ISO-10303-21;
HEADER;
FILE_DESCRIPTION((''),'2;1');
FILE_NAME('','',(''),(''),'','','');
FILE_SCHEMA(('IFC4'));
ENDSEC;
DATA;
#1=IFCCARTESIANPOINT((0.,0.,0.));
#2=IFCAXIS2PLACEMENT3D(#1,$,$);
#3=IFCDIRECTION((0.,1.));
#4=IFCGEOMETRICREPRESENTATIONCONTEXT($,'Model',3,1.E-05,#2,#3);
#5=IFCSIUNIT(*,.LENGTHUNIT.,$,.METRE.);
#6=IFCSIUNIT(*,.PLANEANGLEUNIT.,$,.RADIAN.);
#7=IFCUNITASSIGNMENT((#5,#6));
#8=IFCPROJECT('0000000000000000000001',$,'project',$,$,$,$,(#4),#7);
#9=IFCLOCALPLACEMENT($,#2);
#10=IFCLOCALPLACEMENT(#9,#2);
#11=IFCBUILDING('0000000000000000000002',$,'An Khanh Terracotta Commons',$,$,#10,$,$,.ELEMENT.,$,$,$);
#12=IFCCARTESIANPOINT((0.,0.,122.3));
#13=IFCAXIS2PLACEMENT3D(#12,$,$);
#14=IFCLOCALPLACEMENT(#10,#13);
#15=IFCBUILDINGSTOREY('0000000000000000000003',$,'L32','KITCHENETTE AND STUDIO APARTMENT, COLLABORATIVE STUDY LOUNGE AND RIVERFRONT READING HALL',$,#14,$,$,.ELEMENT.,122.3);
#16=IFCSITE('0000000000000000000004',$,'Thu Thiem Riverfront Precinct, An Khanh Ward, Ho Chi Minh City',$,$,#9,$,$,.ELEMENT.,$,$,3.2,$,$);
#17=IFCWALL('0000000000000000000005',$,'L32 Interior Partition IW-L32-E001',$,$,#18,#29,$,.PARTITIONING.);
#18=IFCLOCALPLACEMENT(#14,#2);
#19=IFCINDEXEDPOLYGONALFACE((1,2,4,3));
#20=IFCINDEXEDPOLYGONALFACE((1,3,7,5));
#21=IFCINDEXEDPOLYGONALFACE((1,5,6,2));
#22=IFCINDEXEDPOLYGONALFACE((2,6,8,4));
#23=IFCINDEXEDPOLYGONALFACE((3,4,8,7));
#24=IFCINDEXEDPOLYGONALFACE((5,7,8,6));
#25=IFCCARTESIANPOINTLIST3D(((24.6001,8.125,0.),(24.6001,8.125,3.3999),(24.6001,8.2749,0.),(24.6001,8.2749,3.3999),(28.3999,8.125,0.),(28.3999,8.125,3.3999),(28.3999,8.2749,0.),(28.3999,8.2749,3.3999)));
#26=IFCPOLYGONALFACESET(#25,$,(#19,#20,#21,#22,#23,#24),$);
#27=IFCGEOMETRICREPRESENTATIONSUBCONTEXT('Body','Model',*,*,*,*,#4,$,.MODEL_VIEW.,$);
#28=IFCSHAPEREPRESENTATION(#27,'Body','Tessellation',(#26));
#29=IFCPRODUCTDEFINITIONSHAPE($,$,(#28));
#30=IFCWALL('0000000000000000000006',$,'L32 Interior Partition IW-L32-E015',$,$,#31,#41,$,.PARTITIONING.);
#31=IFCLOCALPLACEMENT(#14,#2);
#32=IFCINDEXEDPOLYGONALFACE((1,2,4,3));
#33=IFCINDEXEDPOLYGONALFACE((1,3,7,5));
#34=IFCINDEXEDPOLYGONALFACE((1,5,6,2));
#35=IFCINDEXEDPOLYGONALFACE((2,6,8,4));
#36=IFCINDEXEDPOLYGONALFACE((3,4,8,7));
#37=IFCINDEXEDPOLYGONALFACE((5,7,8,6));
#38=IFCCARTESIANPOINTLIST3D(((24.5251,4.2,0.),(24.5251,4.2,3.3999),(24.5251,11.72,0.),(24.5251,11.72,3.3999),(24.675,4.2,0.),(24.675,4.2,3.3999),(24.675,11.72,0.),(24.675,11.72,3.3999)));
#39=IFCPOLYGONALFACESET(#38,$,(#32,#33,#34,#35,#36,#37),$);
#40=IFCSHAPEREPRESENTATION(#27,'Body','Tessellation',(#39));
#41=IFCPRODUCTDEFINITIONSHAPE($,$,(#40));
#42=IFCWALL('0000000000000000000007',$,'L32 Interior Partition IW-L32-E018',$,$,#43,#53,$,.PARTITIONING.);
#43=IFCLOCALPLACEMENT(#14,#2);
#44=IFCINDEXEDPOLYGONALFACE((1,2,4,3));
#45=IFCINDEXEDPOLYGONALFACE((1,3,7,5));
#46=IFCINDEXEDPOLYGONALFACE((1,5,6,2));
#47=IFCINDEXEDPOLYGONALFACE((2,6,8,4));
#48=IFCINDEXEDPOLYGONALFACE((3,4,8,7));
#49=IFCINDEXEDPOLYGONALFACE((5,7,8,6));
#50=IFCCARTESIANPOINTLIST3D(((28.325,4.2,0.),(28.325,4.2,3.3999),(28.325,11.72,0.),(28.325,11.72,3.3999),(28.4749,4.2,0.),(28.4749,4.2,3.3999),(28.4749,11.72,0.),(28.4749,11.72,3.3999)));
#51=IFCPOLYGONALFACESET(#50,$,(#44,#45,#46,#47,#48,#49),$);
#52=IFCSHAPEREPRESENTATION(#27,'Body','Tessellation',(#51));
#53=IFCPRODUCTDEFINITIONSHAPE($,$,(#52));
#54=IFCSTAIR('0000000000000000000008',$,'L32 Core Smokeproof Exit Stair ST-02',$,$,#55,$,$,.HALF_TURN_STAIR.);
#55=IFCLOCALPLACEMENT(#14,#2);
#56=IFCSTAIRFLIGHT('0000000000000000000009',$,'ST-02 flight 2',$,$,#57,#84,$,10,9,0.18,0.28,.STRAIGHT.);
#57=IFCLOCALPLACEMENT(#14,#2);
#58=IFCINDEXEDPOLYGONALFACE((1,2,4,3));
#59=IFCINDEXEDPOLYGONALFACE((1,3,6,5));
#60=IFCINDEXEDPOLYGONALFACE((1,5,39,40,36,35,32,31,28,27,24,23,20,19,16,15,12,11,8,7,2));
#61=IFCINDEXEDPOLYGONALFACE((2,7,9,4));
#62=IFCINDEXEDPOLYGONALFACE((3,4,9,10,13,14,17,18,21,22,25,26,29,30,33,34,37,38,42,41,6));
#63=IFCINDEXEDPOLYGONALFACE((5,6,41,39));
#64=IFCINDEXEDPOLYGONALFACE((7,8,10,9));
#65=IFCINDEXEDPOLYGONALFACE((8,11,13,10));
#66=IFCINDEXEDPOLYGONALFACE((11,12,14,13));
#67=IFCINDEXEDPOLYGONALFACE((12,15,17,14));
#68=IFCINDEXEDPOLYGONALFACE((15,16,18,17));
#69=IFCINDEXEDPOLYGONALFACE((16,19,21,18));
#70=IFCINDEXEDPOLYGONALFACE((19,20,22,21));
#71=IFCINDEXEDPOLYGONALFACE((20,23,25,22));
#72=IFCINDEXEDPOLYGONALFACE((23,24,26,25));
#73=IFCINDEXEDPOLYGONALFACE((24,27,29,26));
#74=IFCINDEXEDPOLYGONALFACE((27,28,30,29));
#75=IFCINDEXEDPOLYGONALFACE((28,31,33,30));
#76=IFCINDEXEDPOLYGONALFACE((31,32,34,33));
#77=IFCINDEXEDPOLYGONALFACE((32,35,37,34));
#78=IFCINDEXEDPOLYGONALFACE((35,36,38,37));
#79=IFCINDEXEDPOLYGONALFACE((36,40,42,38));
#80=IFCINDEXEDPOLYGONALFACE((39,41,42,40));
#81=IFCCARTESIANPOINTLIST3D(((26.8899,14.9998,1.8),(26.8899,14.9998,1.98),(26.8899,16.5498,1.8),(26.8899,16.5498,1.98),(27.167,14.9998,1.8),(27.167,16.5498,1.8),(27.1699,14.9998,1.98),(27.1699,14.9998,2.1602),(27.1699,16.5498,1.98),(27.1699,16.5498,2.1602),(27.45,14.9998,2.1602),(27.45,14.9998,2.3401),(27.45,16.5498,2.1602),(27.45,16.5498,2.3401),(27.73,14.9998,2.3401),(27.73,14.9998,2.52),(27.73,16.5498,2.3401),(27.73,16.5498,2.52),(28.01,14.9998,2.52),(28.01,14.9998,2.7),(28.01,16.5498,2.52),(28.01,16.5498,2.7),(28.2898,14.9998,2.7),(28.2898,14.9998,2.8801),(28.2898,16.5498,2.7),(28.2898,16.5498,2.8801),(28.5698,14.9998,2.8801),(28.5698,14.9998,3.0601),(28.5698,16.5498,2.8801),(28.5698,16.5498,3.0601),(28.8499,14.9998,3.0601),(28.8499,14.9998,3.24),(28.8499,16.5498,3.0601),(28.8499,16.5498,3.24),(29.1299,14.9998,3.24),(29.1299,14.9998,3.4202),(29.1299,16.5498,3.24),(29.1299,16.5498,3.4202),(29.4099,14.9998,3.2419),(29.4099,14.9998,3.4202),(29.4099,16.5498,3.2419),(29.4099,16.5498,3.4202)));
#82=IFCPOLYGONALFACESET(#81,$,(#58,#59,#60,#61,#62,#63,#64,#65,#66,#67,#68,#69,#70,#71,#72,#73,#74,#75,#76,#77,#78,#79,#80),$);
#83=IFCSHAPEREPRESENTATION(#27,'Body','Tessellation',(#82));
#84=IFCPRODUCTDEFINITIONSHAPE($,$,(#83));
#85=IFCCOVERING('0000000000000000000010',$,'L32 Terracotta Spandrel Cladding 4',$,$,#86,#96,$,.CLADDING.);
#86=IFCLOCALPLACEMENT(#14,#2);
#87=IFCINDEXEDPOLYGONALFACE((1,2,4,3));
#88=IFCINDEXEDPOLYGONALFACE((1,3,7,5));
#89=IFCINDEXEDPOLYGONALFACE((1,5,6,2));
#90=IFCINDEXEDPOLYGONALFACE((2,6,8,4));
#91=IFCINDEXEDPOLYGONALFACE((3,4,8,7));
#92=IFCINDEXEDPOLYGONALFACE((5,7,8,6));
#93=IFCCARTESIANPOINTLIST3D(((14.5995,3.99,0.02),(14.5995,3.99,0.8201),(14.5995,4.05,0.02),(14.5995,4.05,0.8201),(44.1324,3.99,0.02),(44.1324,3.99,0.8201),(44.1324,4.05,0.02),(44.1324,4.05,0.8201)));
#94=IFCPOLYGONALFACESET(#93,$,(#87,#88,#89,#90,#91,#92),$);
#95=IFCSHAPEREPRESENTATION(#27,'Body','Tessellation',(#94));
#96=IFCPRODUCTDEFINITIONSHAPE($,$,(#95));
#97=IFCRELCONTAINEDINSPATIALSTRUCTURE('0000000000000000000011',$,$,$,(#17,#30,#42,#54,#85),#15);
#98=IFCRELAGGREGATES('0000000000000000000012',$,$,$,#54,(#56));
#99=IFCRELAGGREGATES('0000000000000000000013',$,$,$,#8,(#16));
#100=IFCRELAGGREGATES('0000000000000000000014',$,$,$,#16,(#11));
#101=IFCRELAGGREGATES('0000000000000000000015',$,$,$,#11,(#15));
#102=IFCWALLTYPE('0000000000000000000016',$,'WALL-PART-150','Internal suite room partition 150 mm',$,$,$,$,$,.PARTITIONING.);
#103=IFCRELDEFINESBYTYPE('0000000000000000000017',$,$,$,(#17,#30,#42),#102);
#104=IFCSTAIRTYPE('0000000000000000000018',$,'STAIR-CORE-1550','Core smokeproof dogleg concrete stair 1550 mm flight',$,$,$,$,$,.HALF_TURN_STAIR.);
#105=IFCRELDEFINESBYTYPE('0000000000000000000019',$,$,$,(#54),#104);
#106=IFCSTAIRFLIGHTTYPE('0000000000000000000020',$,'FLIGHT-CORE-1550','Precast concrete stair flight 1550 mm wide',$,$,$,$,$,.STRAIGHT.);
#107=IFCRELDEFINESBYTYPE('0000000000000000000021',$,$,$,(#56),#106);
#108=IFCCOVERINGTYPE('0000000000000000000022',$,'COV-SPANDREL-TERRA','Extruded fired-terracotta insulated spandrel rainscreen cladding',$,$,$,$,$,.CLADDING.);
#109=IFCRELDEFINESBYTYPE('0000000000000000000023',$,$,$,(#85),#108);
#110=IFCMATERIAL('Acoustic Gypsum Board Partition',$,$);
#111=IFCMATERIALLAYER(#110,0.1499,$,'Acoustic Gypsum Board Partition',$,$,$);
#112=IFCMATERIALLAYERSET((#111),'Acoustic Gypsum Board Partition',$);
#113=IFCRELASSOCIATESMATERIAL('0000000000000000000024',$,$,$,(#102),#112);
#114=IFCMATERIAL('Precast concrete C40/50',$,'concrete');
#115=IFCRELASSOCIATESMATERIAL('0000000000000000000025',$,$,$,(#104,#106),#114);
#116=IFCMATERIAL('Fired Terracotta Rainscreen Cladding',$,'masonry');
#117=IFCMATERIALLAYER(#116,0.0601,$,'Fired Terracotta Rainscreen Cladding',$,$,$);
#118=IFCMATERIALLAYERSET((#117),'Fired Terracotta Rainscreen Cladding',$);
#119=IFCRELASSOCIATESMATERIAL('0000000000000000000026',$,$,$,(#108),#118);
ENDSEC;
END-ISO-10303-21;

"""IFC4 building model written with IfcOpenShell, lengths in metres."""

from ifc_helpers import new_model, si_unit, direction, frame, frame_2d, origin, origin_2d, place, context, subcontext, project, spatial, polyline, rectangle, outline, extrude, material, layer, layer_set, type_object, element, aggregate, save


model = new_model("IFC4")

# Units and contexts
model_context = context("Model", 3, precision=1e-05, world=origin(), true_north=direction((0.0, 1.0)))
body_context = subcontext(model_context, "Body", "Model", "MODEL_VIEW")
ifc_project = project(units=[si_unit("LENGTHUNIT", "METRE"), si_unit("PLANEANGLEUNIT", "RADIAN")], contexts=[model_context])

# Site, building, storey
site_placement = place(None, origin())
site = spatial("IfcSite", under=ifc_project, at=site_placement, Name="Thu Thiem Riverfront Precinct, An Khanh Ward, Ho Chi Minh City", CompositionType="ELEMENT", RefElevation=3.2)
building_placement = place(site_placement, origin())
building = spatial("IfcBuilding", under=site, at=building_placement, Name="An Khanh Terracotta Commons", CompositionType="ELEMENT")
storey_placement = place(building_placement, frame((0.0, 0.0, 122.3)))
storey = spatial("IfcBuildingStorey", under=building, at=storey_placement, Name="L32", Description="KITCHENETTE AND STUDIO APARTMENT, COLLABORATIVE STUDY LOUNGE AND RIVERFRONT READING HALL", CompositionType="ELEMENT", Elevation=122.3)

# Walls
ifc_material_1 = material(Name="Acoustic Gypsum Board Partition")
ifc_layer_1 = layer(ifc_material_1, 0.1499, Name="Acoustic Gypsum Board Partition")
ifc_layer_set_1 = layer_set([ifc_layer_1], Name="Acoustic Gypsum Board Partition")
wall_type_1 = type_object("IfcWallType", Name="WALL-PART-150", Description="Internal suite room partition 150 mm", PredefinedType="PARTITIONING", material=ifc_layer_set_1)
wall_1_placement = place(storey_placement, frame((24.6001, 8.2, 0.0), z_axis=(0.0, 0.0, 1.0), x_axis=(1.0, 0.0, 0.0)))
element("IfcWall", 1, at=wall_1_placement, inside=storey, type_object=wall_type_1, Name="L32 Interior Partition IW-L32-E001", PredefinedType="PARTITIONING", context=body_context, shape_type="SweptSolid", body=[
    extrude(rectangle(XDim=3.7998, YDim=0.1499, at=frame_2d((1.8999, 0.0))), origin(), (0.0, 0.0, 1.0), 3.3999),
])
for number, where, z_axis, x_axis, name in (
    (2, (24.6001, 4.2, 0.0), (0.0, 0.0, 1.0), (0.0, 1.0, 0.0), "L32 Interior Partition IW-L32-E015"),
    (3, (28.3999, 4.2, 0.0), (0.0, 0.0, 1.0), (0.0, 1.0, 0.0), "L32 Interior Partition IW-L32-E018"),
):
    element("IfcWall", number, at=place(storey_placement, frame(where, z_axis=z_axis, x_axis=x_axis)), inside=storey, type_object=wall_type_1, Name=name, PredefinedType="PARTITIONING", context=body_context, shape_type="SweptSolid", body=[
        extrude(rectangle(XDim=7.52, YDim=0.1499, at=frame_2d((3.76, 0.0))), origin(), (0.0, 0.0, 1.0), 3.3999),
    ])

# Stair, stair flight
ifc_material_2 = material(Name="Precast concrete C40/50", Category="concrete")
stair_type = type_object("IfcStairType", Name="STAIR-CORE-1550", Description="Core smokeproof dogleg concrete stair 1550 mm flight", PredefinedType="HALF_TURN_STAIR", material=ifc_material_2)
stair_placement = place(storey_placement, origin())
stair = element("IfcStair", 4, at=stair_placement, inside=storey, type_object=stair_type, Name="L32 Core Smokeproof Exit Stair ST-02", PredefinedType="HALF_TURN_STAIR")
stair_flight_type = type_object("IfcStairFlightType", Name="FLIGHT-CORE-1550", Description="Precast concrete stair flight 1550 mm wide", PredefinedType="STRAIGHT", material=ifc_material_2)
stair_flight_placement = place(storey_placement, frame((26.8899, 15.7749, 1.8), z_axis=(0.0, 0.0, 1.0), x_axis=(1.0, 0.0, 0.0)))
stair_flight = element("IfcStairFlight", 5, at=stair_flight_placement, type_object=stair_flight_type, Name="ST-02 flight 2", NumberOfRisers=10, NumberOfTreads=9, PredefinedType="STRAIGHT", RiserHeight=0.18, TreadLength=0.28, context=body_context, shape_type="SweptSolid", body=[
    extrude(outline(polyline([(0.0, 0.0), (0.0, 0.1799), (0.28, 0.1799), (0.28, 0.3601), (0.5601, 0.3601), (0.5601, 0.54), (0.8401, 0.54), (0.8401, 0.72), (1.1201, 0.72), (1.1201, 0.8999), (1.3999, 0.8999), (1.3999, 1.0801), (1.6799, 1.0801), (1.6799, 1.26), (1.96, 1.26), (1.96, 1.4399), (2.24, 1.4399), (2.24, 1.6201), (2.52, 1.6201), (2.52, 1.8), (2.52, 1.4419), (0.2771, 0.0), (0.0, 0.0)])), frame((0.0, 0.7749, 0.0), z_axis=(0.0, -1.0, 0.0), x_axis=(1.0, 0.0, 0.0)), (0.0, 0.0, 1.0), 1.55),
])
aggregate(stair, [stair_flight])

# Covering
ifc_material_3 = material(Name="Fired Terracotta Rainscreen Cladding", Category="masonry")
ifc_layer_2 = layer(ifc_material_3, 0.0601, Name="Fired Terracotta Rainscreen Cladding")
ifc_layer_set_2 = layer_set([ifc_layer_2], Name="Fired Terracotta Rainscreen Cladding")
covering_type = type_object("IfcCoveringType", Name="COV-SPANDREL-TERRA", Description="Extruded fired-terracotta insulated spandrel rainscreen cladding", PredefinedType="CLADDING", material=ifc_layer_set_2)
covering_placement = place(storey_placement, frame((29.366, 4.02, 0.02), z_axis=(0.0, 0.0, 1.0), x_axis=(1.0, 0.0, 0.0)))
element("IfcCovering", 6, at=covering_placement, inside=storey, type_object=covering_type, Name="L32 Terracotta Spandrel Cladding 4", PredefinedType="CLADDING", context=body_context, shape_type="SweptSolid", body=[
    extrude(rectangle(XDim=29.533, YDim=0.0601, at=origin_2d()), origin(), (0.0, 0.0, 1.0), 0.8),
])

save(model, "model.ifc")
